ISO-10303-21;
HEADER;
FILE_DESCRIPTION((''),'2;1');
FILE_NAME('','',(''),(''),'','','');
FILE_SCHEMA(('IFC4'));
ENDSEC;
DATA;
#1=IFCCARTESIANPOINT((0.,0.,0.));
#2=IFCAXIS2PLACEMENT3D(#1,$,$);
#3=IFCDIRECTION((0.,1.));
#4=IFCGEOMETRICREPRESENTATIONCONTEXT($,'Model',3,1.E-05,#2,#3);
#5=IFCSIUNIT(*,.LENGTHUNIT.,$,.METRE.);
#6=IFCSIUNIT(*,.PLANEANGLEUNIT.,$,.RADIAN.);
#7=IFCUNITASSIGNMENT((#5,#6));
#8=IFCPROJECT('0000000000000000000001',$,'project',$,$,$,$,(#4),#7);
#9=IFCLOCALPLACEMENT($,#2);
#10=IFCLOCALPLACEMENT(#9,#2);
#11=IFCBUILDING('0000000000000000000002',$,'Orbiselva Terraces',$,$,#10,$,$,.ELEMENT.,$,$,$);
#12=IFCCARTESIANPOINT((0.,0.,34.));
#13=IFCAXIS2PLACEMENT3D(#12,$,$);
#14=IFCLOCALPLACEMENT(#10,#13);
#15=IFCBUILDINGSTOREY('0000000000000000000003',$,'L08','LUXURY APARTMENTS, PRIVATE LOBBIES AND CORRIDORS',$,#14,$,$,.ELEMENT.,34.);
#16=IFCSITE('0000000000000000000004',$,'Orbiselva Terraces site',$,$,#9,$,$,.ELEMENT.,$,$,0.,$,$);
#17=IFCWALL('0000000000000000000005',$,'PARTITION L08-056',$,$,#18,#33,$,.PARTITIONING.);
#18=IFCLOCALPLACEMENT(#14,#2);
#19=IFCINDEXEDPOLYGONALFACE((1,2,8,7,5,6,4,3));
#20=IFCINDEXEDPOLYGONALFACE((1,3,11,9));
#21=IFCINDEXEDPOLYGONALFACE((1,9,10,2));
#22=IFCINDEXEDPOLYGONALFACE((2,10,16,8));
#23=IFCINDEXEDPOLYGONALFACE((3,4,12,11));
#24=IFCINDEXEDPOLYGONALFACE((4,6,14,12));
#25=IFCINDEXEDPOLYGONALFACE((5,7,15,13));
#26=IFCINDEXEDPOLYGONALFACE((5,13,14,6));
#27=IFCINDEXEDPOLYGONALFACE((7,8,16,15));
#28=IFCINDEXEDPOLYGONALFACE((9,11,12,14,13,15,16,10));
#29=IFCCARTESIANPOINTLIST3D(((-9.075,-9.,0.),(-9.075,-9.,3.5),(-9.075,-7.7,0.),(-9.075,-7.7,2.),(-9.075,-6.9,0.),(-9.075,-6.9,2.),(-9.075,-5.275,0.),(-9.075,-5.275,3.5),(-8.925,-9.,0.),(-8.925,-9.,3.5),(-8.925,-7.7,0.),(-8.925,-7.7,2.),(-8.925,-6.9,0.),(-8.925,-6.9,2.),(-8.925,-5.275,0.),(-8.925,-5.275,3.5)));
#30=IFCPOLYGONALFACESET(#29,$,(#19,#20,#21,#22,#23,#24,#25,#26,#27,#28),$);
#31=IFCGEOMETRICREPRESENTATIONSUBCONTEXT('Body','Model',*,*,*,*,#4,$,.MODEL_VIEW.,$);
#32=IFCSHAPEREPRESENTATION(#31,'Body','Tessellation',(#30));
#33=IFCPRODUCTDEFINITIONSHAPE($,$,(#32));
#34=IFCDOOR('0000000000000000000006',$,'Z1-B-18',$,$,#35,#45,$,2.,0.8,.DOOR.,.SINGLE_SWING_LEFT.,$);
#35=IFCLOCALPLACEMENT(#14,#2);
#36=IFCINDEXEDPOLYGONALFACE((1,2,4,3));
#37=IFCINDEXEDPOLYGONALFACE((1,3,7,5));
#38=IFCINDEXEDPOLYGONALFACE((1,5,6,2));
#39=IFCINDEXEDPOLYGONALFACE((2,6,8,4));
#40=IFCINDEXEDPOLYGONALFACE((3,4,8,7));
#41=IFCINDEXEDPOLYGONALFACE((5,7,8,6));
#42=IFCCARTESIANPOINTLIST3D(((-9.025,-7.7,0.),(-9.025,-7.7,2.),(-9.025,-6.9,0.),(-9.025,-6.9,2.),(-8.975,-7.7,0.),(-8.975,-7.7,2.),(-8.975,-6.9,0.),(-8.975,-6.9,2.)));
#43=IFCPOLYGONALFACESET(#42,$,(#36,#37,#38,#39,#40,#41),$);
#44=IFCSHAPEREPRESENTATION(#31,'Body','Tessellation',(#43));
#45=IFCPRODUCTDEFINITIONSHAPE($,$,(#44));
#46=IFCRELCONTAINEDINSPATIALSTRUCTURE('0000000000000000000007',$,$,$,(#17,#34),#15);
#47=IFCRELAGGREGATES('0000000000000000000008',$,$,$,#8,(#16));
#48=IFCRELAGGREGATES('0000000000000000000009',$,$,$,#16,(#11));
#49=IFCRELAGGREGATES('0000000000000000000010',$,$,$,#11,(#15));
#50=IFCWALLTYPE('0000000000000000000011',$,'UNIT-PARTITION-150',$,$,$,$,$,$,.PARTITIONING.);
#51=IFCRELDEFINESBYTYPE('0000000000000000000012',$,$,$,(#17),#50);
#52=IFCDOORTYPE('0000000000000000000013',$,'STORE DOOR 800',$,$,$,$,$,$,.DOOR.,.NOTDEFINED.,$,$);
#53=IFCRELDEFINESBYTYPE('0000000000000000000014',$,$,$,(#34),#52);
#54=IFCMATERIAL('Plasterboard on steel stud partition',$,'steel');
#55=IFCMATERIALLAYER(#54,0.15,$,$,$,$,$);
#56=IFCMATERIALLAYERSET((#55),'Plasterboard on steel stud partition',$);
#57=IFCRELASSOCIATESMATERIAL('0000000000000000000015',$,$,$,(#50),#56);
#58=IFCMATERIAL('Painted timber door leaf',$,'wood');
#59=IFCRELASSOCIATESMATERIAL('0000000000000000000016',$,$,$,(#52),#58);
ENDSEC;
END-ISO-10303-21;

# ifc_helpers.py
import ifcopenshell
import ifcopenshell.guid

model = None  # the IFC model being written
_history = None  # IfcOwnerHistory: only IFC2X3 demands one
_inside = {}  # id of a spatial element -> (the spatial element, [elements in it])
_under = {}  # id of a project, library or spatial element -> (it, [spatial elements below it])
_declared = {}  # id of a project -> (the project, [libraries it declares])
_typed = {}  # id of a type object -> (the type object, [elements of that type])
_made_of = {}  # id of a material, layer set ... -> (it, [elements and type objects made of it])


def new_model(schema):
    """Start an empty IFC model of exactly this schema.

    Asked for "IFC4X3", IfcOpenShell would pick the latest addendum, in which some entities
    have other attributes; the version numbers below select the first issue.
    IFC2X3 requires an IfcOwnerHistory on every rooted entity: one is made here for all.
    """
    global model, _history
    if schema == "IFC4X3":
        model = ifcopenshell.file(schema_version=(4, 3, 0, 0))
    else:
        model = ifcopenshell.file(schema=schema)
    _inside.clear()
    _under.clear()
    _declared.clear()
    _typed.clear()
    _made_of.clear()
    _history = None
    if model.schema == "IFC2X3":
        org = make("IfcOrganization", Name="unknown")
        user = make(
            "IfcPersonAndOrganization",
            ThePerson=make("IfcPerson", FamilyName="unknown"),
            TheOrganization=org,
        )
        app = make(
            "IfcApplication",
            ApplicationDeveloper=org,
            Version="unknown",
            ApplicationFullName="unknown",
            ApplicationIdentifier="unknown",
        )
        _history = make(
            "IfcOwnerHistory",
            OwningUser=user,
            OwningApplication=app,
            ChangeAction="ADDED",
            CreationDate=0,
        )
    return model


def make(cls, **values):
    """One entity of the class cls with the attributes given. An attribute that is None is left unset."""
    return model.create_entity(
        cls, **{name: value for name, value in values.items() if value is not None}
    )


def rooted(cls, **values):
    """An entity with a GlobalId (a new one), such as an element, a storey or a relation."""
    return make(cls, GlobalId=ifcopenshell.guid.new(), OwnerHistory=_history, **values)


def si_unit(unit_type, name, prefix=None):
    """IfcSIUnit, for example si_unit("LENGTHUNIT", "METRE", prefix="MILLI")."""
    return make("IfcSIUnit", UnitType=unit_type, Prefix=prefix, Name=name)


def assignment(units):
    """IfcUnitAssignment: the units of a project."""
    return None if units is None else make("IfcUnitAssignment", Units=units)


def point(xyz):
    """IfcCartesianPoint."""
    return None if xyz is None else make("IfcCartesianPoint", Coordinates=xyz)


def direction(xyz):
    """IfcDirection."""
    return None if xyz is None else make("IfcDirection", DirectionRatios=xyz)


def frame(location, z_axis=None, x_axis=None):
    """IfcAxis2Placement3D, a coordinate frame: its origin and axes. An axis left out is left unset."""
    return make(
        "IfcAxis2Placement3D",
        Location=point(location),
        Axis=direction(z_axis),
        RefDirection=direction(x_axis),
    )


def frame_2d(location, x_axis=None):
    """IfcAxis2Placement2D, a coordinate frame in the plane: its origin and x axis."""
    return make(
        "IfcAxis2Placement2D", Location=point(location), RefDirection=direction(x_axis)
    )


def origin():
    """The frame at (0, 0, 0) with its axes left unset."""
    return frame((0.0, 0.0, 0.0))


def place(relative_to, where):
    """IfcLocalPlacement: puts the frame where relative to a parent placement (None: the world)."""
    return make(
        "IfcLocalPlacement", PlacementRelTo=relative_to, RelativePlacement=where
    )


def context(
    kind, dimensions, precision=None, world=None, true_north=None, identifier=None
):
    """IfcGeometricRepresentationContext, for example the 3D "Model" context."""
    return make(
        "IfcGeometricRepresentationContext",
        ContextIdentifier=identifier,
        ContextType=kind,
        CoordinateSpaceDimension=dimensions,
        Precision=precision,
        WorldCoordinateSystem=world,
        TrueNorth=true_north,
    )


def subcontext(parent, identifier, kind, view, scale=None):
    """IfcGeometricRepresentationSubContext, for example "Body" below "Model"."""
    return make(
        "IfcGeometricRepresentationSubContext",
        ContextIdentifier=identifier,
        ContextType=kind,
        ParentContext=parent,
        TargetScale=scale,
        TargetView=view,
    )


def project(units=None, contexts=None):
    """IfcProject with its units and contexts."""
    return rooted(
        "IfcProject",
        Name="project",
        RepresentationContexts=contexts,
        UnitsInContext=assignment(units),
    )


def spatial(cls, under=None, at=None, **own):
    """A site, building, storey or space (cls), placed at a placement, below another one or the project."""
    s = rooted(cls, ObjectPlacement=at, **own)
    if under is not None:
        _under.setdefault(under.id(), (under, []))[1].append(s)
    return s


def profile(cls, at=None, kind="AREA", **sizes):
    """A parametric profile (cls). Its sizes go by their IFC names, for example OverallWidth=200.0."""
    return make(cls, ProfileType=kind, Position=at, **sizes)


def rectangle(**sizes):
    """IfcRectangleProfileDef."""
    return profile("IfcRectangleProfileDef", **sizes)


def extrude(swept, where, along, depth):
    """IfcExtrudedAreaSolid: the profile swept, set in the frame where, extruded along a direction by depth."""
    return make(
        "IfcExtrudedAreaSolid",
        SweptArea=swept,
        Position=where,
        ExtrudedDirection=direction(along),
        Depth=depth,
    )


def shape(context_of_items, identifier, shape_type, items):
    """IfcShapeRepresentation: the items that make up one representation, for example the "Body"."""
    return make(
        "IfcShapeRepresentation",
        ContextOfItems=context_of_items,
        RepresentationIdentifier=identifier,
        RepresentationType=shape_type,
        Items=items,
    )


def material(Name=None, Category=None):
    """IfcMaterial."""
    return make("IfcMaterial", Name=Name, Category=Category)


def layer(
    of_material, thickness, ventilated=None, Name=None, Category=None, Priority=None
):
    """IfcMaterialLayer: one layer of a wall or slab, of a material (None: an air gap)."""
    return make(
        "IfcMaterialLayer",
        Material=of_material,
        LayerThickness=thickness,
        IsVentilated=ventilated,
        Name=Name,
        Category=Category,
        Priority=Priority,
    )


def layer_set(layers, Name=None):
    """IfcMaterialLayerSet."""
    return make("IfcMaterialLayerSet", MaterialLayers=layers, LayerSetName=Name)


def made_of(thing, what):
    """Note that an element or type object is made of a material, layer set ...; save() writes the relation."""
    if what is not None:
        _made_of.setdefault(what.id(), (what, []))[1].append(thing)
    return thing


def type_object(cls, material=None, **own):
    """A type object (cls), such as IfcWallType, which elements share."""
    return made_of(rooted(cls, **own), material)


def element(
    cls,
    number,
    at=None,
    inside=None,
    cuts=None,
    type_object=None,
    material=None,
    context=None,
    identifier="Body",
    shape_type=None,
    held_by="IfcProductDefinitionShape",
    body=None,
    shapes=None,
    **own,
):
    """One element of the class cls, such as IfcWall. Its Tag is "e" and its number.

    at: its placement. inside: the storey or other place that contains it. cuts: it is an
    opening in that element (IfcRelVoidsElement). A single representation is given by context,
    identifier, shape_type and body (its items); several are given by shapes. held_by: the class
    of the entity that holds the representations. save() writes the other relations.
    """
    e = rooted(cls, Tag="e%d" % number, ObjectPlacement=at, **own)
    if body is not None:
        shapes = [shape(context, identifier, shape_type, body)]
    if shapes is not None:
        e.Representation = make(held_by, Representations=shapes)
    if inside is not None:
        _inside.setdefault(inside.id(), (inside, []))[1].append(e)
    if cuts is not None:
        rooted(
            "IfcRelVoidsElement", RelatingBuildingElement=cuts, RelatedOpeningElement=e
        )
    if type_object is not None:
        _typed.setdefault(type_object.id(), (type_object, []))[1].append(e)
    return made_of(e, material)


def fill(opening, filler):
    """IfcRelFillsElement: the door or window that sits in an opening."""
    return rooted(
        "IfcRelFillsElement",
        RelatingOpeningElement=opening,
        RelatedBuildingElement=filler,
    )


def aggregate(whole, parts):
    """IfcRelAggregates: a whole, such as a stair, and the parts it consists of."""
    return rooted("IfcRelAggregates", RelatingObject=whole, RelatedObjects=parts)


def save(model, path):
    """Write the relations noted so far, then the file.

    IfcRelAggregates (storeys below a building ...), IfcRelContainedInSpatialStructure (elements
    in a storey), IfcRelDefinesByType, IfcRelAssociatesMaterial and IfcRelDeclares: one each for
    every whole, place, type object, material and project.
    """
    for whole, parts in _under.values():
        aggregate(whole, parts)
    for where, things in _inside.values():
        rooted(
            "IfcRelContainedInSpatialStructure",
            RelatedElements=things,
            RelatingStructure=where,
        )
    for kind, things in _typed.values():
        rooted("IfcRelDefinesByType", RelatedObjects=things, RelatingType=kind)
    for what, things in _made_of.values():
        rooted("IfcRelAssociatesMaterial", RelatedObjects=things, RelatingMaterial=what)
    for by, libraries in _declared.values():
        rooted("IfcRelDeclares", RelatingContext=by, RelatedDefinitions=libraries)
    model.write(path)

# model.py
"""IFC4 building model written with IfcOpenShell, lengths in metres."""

from ifc_helpers import new_model, si_unit, direction, frame, frame_2d, origin, place, context, subcontext, project, spatial, rectangle, extrude, material, layer, layer_set, type_object, element, fill, save


model = new_model("IFC4")

# Units and contexts
model_context = context("Model", 3, precision=1e-05, world=origin(), true_north=direction((0.0, 1.0)))
body_context = subcontext(model_context, "Body", "Model", "MODEL_VIEW")
ifc_project = project(units=[si_unit("LENGTHUNIT", "METRE"), si_unit("PLANEANGLEUNIT", "RADIAN")], contexts=[model_context])

# Site, building, storey
site_placement = place(None, origin())
site = spatial("IfcSite", under=ifc_project, at=site_placement, Name="Orbiselva Terraces site", CompositionType="ELEMENT", RefElevation=0.0)
building_placement = place(site_placement, origin())
building = spatial("IfcBuilding", under=site, at=building_placement, Name="Orbiselva Terraces", CompositionType="ELEMENT")
storey_placement = place(building_placement, frame((0.0, 0.0, 34.0)))
storey = spatial("IfcBuildingStorey", under=building, at=storey_placement, Name="L08", Description="LUXURY APARTMENTS, PRIVATE LOBBIES AND CORRIDORS", CompositionType="ELEMENT", Elevation=34.0)

# Shared definitions
ifc_material_1 = material(Name="Plasterboard on steel stud partition", Category="steel")
ifc_material_2 = material(Name="Painted timber door leaf", Category="wood")

# Shared definitions
ifc_layer_1 = layer(ifc_material_1, 0.15)
ifc_layer_set_1 = layer_set([ifc_layer_1], Name="Plasterboard on steel stud partition")
wall_type_1 = type_object("IfcWallType", Name="UNIT-PARTITION-150", PredefinedType="PARTITIONING", material=ifc_layer_set_1)

# Shared definitions
door_type_1 = type_object("IfcDoorType", Name="STORE DOOR 800", OperationType="NOTDEFINED", PredefinedType="DOOR", material=ifc_material_2)

# Wall, opening, door
wall_1_placement = place(storey_placement, frame((-9.0, -9.0, 0.0), z_axis=(0.0, 0.0, 1.0), x_axis=(0.0, 1.0, 0.0)))
wall_1 = element("IfcWall", 1, at=wall_1_placement, inside=storey, type_object=wall_type_1, Name="PARTITION L08-056", PredefinedType="PARTITIONING", context=body_context, shape_type="SweptSolid", body=[
    extrude(rectangle(XDim=3.725, YDim=0.15, at=frame_2d((1.8625, 0.0))), origin(), (0.0, 0.0, 1.0), 3.5),
])
opening_1_placement = place(wall_1_placement, frame((1.3, 0.0, 0.0)))
opening_1 = element("IfcOpeningElement", 2, at=opening_1_placement, cuts=wall_1, PredefinedType="OPENING", context=body_context, shape_type="SweptSolid", body=[
    extrude(rectangle(XDim=0.8, YDim=2.0, at=frame_2d((0.4, 1.0))), frame((0.0, 0.085, 0.0), z_axis=(0.0, -1.0, 0.0), x_axis=(1.0, 0.0, 0.0)), (0.0, 0.0, 1.0), 0.17),
])
door_1_placement = place(opening_1_placement, origin())
door_1 = element("IfcDoor", 3, at=door_1_placement, inside=storey, type_object=door_type_1, Name="Z1-B-18", OperationType="SINGLE_SWING_LEFT", OverallHeight=2.0, OverallWidth=0.8, PredefinedType="DOOR", context=body_context, shape_type="SweptSolid", body=[
    extrude(rectangle(XDim=0.8, YDim=2.0, at=frame_2d((0.4, 1.0))), frame((0.0, 0.025, 0.0), z_axis=(0.0, -1.0, 0.0), x_axis=(1.0, 0.0, 0.0)), (0.0, 0.0, 1.0), 0.05),
])
fill(opening_1, door_1)

save(model, "model.ifc")
